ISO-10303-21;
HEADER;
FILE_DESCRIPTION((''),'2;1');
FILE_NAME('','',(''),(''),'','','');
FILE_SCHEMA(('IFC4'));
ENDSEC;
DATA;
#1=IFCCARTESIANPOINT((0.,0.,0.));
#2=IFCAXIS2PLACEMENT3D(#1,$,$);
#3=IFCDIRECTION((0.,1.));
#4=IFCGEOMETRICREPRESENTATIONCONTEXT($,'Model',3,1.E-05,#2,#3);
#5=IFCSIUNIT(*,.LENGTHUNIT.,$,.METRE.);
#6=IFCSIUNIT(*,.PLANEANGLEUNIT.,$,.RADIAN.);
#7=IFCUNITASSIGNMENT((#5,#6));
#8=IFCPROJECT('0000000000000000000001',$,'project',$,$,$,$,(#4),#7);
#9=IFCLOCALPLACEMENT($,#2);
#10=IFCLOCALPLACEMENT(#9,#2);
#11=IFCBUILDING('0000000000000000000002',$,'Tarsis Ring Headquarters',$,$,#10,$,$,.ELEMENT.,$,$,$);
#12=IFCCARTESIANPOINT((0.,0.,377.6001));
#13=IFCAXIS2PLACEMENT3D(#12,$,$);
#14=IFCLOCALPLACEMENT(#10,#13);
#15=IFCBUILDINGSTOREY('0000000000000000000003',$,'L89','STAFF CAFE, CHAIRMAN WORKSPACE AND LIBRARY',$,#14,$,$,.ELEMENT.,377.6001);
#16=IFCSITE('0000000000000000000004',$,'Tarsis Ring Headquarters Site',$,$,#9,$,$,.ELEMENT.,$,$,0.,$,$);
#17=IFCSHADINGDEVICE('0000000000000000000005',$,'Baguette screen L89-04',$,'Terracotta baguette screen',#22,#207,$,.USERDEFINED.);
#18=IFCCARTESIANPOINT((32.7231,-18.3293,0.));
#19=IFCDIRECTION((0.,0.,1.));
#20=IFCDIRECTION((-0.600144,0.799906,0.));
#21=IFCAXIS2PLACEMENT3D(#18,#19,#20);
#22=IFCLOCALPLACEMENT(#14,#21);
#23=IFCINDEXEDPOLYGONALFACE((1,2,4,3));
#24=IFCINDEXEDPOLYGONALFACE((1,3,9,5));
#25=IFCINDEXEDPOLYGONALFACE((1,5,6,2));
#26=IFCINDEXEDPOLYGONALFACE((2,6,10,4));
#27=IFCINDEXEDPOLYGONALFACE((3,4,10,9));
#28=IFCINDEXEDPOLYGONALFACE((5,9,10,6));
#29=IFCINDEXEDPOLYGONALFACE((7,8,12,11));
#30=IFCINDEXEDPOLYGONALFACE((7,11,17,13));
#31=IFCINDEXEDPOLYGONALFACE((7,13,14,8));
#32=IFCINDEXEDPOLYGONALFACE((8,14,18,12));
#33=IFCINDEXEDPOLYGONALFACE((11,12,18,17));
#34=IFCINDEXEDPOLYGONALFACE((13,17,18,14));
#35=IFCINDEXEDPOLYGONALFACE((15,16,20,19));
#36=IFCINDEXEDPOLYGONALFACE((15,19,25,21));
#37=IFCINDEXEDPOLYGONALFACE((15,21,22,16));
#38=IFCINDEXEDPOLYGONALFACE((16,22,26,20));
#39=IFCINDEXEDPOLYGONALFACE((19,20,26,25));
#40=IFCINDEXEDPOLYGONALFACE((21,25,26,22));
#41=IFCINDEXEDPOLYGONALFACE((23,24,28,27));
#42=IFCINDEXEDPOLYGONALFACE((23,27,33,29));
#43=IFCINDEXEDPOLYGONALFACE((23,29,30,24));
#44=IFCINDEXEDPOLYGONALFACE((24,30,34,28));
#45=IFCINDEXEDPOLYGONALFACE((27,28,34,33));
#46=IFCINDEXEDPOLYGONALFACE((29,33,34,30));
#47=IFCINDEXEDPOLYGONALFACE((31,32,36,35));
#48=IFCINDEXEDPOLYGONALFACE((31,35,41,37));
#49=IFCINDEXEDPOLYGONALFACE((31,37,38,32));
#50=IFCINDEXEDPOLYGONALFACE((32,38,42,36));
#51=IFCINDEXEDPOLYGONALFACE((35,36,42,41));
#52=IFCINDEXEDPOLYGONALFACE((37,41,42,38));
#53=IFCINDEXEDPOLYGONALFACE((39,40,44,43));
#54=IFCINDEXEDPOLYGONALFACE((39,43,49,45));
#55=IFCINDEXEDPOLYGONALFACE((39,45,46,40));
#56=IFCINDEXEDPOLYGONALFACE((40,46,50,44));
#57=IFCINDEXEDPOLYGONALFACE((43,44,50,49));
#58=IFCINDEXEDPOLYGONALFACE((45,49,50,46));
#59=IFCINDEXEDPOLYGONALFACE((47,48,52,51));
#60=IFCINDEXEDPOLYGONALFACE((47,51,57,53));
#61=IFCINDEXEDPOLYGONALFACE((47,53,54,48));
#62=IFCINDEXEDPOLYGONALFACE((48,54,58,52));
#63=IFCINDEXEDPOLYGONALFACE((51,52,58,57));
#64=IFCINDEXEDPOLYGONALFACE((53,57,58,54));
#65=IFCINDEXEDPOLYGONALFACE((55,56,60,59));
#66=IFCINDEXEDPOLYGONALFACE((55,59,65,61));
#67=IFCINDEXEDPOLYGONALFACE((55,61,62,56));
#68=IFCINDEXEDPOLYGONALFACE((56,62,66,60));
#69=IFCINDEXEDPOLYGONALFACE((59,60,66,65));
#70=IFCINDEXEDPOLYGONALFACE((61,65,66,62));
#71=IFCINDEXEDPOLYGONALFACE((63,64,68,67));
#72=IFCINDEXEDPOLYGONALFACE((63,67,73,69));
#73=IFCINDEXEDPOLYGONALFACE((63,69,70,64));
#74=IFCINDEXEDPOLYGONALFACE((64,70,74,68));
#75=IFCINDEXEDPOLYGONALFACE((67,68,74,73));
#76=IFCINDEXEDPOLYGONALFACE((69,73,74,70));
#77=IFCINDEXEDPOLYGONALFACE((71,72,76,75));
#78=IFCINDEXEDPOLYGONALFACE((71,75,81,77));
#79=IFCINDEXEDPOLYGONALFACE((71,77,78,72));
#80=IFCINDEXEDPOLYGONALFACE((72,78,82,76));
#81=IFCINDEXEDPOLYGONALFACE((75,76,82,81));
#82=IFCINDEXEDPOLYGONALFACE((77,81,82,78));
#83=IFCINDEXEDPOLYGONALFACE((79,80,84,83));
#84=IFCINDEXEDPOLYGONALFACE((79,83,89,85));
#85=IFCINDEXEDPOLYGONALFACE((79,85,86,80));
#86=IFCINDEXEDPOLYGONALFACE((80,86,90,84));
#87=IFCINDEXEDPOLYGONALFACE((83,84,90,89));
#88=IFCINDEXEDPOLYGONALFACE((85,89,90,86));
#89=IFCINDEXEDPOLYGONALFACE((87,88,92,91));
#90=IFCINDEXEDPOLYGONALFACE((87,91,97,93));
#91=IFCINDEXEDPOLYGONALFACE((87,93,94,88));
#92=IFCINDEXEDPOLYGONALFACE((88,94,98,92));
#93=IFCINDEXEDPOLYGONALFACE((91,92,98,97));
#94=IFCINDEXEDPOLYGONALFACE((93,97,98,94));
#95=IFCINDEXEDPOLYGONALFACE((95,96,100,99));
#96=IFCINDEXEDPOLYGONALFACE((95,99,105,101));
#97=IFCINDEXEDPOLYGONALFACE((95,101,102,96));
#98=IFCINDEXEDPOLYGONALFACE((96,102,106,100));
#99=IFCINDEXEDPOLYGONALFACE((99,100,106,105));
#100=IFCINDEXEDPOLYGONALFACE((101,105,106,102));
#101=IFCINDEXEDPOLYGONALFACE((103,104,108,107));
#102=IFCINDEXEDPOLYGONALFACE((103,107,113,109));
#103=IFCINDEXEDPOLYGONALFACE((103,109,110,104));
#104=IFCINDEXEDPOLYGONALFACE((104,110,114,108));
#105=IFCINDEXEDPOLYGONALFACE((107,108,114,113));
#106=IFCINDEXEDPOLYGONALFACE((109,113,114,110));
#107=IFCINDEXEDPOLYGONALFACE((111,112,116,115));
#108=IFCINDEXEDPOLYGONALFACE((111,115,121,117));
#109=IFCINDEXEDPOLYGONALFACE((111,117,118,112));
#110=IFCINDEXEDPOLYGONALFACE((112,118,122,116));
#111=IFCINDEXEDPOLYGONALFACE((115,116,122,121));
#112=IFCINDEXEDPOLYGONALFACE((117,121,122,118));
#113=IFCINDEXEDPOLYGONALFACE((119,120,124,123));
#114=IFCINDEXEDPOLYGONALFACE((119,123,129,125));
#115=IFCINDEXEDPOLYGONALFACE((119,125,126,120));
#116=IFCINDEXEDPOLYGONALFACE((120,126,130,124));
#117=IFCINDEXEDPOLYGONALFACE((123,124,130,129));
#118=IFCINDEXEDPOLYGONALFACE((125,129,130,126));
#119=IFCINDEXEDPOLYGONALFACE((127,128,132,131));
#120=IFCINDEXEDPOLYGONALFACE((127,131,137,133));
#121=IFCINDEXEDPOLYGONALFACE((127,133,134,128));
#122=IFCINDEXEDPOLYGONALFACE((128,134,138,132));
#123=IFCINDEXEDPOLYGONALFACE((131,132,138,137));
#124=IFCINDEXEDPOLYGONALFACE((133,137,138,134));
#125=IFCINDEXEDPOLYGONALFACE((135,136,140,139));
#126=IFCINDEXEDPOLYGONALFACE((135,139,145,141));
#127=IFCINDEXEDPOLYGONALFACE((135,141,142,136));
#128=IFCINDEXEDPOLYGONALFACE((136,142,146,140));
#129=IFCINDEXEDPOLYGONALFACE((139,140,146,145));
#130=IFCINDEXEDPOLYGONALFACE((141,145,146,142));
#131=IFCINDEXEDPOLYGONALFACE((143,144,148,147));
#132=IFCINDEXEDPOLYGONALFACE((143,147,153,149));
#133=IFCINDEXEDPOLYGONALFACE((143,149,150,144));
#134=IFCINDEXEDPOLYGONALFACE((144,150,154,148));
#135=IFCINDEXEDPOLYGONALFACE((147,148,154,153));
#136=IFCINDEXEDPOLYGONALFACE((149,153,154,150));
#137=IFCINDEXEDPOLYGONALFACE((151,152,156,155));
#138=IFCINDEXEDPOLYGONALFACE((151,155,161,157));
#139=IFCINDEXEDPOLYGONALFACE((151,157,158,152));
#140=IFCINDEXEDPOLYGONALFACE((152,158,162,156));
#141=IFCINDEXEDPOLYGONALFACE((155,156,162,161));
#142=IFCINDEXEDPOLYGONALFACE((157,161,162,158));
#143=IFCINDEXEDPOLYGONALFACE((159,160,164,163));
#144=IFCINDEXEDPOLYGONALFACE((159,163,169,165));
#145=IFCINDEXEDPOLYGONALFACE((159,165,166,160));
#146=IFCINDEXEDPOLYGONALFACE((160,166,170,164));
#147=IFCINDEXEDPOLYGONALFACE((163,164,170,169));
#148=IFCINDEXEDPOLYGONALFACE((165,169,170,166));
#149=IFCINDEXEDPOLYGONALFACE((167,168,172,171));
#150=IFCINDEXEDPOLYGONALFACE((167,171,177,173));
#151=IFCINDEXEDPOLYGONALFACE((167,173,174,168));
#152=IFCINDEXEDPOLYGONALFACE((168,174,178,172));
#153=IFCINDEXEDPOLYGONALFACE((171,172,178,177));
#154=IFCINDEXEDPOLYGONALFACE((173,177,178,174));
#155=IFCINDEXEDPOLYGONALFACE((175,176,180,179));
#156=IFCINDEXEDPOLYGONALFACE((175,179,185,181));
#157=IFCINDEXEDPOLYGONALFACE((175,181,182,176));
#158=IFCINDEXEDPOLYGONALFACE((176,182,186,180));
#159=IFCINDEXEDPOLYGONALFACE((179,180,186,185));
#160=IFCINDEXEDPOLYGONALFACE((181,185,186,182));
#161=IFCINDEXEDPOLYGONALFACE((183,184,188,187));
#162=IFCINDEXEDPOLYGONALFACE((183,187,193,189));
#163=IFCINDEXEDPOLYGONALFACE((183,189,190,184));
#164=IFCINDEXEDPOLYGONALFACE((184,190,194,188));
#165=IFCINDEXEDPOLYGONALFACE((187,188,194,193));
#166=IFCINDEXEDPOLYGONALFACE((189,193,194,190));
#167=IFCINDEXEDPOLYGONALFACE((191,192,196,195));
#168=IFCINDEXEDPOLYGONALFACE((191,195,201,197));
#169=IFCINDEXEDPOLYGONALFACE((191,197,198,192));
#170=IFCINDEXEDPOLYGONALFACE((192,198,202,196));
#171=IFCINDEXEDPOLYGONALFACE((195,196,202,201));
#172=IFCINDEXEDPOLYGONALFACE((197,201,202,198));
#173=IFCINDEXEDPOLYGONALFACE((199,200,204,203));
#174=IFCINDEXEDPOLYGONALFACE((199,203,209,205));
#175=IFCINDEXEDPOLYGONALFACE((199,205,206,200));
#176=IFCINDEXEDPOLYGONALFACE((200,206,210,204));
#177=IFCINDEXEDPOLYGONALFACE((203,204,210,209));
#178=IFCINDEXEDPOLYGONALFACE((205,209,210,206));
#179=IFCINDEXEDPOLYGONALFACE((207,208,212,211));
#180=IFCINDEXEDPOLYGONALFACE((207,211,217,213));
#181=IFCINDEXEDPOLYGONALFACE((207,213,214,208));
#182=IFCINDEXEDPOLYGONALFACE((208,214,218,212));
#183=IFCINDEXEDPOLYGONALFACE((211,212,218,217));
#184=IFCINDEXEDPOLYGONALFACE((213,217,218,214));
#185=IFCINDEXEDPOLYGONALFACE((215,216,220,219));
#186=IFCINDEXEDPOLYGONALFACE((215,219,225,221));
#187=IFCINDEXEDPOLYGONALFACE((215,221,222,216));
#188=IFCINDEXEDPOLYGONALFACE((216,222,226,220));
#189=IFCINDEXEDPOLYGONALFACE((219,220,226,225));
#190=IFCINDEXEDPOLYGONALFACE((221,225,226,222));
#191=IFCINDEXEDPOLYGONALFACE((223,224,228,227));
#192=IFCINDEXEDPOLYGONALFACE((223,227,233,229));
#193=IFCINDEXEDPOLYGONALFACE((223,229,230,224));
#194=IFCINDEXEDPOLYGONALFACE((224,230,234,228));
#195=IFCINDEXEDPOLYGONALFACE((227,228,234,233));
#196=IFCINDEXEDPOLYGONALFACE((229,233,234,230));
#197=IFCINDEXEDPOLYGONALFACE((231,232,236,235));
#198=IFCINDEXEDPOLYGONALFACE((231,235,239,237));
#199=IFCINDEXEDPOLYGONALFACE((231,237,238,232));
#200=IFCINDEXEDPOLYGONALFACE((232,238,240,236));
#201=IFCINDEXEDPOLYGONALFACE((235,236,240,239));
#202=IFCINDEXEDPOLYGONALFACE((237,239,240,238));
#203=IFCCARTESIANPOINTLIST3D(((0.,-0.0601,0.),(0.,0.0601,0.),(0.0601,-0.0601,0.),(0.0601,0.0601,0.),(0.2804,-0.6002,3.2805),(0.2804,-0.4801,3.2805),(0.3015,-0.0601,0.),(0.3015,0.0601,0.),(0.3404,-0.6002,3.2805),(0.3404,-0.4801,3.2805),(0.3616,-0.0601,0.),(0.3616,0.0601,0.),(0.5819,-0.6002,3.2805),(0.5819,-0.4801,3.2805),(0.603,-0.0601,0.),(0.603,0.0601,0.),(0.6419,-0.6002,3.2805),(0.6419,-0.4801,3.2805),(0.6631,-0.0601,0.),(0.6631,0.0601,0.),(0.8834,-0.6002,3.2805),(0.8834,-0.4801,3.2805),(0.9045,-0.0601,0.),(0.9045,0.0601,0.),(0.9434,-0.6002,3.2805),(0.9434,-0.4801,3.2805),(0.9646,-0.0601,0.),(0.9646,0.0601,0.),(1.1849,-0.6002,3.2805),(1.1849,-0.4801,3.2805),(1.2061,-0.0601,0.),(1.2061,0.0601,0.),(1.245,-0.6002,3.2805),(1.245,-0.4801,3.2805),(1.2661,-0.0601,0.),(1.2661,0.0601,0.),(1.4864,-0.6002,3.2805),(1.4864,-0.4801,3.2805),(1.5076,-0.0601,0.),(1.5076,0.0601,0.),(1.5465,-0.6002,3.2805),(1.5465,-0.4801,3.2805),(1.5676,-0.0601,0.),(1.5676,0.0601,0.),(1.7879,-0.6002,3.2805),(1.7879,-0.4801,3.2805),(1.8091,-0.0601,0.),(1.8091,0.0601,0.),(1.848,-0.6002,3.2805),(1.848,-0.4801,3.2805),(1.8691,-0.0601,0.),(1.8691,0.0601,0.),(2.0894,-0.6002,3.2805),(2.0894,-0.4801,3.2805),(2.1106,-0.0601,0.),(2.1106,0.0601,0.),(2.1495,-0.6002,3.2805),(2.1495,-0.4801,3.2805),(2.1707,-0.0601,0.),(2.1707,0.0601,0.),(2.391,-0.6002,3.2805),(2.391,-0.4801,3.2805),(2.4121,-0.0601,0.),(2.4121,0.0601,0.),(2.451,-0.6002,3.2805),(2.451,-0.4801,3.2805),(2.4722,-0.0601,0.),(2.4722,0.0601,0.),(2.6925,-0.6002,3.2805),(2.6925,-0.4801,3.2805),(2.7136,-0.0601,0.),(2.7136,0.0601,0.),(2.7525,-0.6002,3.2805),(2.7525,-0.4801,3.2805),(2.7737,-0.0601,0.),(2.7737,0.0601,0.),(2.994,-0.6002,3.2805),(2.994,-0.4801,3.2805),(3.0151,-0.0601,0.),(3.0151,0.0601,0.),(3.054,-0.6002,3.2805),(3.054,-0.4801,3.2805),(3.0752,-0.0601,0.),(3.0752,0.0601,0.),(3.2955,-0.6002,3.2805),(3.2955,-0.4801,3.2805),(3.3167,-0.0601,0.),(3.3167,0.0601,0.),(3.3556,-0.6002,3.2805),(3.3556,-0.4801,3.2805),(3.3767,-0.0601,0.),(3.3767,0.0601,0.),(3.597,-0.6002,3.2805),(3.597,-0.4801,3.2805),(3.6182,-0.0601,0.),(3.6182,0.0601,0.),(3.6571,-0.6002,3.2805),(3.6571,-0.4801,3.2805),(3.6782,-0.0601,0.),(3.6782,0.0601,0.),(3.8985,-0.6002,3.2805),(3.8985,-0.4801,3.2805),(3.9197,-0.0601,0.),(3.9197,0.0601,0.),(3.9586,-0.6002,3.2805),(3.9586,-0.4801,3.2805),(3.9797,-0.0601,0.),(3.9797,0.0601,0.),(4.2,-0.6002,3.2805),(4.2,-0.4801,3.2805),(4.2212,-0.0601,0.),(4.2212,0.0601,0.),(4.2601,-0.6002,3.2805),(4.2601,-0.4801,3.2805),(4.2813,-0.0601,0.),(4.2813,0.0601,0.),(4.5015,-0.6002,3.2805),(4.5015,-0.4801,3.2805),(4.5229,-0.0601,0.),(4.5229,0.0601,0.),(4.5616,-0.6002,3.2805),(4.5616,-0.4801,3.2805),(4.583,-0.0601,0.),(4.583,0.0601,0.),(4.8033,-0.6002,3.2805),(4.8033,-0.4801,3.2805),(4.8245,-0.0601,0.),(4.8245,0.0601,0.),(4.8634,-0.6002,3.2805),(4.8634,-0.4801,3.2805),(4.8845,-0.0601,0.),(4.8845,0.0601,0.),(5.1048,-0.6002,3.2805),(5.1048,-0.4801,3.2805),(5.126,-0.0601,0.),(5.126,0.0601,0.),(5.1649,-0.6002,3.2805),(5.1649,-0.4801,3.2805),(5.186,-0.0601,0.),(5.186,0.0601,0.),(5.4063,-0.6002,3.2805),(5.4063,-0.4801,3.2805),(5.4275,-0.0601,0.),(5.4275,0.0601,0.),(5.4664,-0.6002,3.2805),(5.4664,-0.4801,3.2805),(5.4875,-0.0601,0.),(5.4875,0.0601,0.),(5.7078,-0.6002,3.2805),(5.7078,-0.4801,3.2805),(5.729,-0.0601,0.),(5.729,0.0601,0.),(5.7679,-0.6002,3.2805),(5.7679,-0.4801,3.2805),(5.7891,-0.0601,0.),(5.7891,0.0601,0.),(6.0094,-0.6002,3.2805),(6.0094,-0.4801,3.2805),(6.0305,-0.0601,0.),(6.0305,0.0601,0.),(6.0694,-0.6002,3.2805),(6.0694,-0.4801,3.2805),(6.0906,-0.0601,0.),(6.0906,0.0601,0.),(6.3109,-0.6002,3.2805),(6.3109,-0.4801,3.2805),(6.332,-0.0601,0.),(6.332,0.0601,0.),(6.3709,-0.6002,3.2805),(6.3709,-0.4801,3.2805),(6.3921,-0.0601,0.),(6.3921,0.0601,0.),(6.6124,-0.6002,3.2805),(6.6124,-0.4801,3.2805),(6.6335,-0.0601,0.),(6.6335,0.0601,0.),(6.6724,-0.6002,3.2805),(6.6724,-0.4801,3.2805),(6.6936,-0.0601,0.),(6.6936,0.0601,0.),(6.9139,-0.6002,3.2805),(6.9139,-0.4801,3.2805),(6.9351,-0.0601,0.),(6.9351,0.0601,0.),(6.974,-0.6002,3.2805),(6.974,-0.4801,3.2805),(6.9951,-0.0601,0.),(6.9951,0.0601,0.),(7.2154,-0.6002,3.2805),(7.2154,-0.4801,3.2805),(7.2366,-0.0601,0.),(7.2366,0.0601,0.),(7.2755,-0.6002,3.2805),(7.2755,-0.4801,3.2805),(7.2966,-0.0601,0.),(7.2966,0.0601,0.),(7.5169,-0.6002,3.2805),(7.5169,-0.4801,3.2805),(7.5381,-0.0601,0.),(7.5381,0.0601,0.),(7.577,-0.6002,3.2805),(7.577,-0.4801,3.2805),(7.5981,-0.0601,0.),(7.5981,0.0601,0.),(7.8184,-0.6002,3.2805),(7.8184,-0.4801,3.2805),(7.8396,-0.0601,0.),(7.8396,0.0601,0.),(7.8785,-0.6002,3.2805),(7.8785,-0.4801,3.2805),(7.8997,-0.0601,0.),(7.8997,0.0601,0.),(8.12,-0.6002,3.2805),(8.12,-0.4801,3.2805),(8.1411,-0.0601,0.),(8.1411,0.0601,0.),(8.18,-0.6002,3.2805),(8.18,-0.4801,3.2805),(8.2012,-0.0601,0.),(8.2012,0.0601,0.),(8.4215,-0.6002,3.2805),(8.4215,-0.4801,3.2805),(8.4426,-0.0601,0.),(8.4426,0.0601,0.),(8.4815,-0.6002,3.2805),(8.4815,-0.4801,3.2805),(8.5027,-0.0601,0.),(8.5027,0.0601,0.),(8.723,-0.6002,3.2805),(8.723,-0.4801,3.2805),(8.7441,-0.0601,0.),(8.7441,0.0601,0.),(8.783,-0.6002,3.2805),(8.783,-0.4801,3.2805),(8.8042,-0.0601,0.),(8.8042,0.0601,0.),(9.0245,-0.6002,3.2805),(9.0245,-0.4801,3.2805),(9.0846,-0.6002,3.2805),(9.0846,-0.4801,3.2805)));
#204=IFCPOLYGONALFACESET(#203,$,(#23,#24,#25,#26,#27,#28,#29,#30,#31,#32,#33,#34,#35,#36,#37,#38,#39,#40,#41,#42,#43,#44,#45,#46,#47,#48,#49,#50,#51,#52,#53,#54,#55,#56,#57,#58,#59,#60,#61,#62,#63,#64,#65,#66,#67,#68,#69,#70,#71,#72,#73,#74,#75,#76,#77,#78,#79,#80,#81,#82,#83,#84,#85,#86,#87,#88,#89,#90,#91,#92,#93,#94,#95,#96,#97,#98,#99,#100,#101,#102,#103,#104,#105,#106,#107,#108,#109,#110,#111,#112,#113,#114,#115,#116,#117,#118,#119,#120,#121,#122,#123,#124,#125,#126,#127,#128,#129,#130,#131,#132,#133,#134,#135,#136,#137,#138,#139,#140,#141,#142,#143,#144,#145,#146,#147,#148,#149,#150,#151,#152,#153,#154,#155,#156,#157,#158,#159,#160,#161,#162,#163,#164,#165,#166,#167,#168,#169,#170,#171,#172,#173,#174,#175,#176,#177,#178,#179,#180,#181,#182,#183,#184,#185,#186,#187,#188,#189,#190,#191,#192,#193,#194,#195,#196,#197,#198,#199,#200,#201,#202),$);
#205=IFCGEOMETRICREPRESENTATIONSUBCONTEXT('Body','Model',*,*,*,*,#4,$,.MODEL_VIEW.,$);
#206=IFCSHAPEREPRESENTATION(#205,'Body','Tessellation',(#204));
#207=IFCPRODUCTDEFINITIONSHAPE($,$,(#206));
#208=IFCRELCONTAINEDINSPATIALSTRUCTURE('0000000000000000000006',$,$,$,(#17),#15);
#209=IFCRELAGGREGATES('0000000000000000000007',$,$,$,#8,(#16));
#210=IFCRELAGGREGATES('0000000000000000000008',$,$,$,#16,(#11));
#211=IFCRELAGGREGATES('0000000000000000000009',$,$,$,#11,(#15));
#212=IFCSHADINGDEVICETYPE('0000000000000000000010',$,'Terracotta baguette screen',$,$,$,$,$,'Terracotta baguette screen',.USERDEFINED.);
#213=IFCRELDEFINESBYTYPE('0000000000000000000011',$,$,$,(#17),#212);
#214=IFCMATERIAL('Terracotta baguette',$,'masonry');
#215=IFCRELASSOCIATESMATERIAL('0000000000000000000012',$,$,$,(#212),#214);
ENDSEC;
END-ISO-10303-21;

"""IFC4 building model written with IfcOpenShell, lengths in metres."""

from ifc_helpers import new_model, si_unit, direction, frame, frame_2d, origin, place, context, subcontext, project, spatial, rectangle, composite_profile, extrude, material, type_object, element, save


model = new_model("IFC4")

# Units and contexts
model_context = context("Model", 3, precision=1e-05, world=origin(), true_north=direction((0.0, 1.0)))
body_context = subcontext(model_context, "Body", "Model", "MODEL_VIEW")
ifc_project = project(units=[si_unit("LENGTHUNIT", "METRE"), si_unit("PLANEANGLEUNIT", "RADIAN")], contexts=[model_context])

# Site, building, storey
site_placement = place(None, origin())
site = spatial("IfcSite", under=ifc_project, at=site_placement, Name="Tarsis Ring Headquarters Site", CompositionType="ELEMENT", RefElevation=0.0)
building_placement = place(site_placement, origin())
building = spatial("IfcBuilding", under=site, at=building_placement, Name="Tarsis Ring Headquarters", CompositionType="ELEMENT")
storey_placement = place(building_placement, frame((0.0, 0.0, 377.6001)))
storey = spatial("IfcBuildingStorey", under=building, at=storey_placement, Name="L89", Description="STAFF CAFE, CHAIRMAN WORKSPACE AND LIBRARY", CompositionType="ELEMENT", Elevation=377.6001)

# Shading device
ifc_material_1 = material(Name="Terracotta baguette", Category="masonry")
shading_device_type_1 = type_object("IfcShadingDeviceType", Name="Terracotta baguette screen", ElementType="Terracotta baguette screen", PredefinedType="USERDEFINED", material=ifc_material_1)
shading_device_placement = place(storey_placement, frame((32.7231, -18.3293, 0.0), z_axis=(0.0, 0.0, 1.0), x_axis=(-0.600144, 0.799906, 0.0)))
element("IfcShadingDevice", 1, at=shading_device_placement, inside=storey, type_object=shading_device_type_1, Name="Baguette screen L89-04", ObjectType="Terracotta baguette screen", PredefinedType="USERDEFINED", context=body_context, shape_type="SweptSolid", body=[
    extrude(composite_profile([rectangle(XDim=0.0601, YDim=0.1201, at=frame_2d((0.03, 0.0))), rectangle(XDim=0.0601, YDim=0.1201, at=frame_2d((0.3315, 0.0))), rectangle(XDim=0.0601, YDim=0.1201, at=frame_2d((0.6331, 0.0))), rectangle(XDim=0.0601, YDim=0.1201, at=frame_2d((0.9346, 0.0))), rectangle(XDim=0.0601, YDim=0.1201, at=frame_2d((1.2361, 0.0))), rectangle(XDim=0.0601, YDim=0.1201, at=frame_2d((1.5376, 0.0))), rectangle(XDim=0.0601, YDim=0.1201, at=frame_2d((1.8391, 0.0))), rectangle(XDim=0.0601, YDim=0.1201, at=frame_2d((2.1406, 0.0))), rectangle(XDim=0.0601, YDim=0.1201, at=frame_2d((2.4421, 0.0))), rectangle(XDim=0.0601, YDim=0.1201, at=frame_2d((2.7437, 0.0))), rectangle(XDim=0.0601, YDim=0.1201, at=frame_2d((3.0452, 0.0))), rectangle(XDim=0.0601, YDim=0.1201, at=frame_2d((3.3467, 0.0))), rectangle(XDim=0.0601, YDim=0.1201, at=frame_2d((3.6482, 0.0))), rectangle(XDim=0.0601, YDim=0.1201, at=frame_2d((3.9497, 0.0))), rectangle(XDim=0.0601, YDim=0.1201, at=frame_2d((4.2512, 0.0))), rectangle(XDim=0.0601, YDim=0.1201, at=frame_2d((4.553, 0.0))), rectangle(XDim=0.0601, YDim=0.1201, at=frame_2d((4.8545, 0.0))), rectangle(XDim=0.0601, YDim=0.1201, at=frame_2d((5.156, 0.0))), rectangle(XDim=0.0601, YDim=0.1201, at=frame_2d((5.4575, 0.0))), rectangle(XDim=0.0601, YDim=0.1201, at=frame_2d((5.759, 0.0))), rectangle(XDim=0.0601, YDim=0.1201, at=frame_2d((6.0605, 0.0))), rectangle(XDim=0.0601, YDim=0.1201, at=frame_2d((6.3621, 0.0))), rectangle(XDim=0.0601, YDim=0.1201, at=frame_2d((6.6636, 0.0))), rectangle(XDim=0.0601, YDim=0.1201, at=frame_2d((6.9651, 0.0))), rectangle(XDim=0.0601, YDim=0.1201, at=frame_2d((7.2666, 0.0))), rectangle(XDim=0.0601, YDim=0.1201, at=frame_2d((7.5681, 0.0))), rectangle(XDim=0.0601, YDim=0.1201, at=frame_2d((7.8696, 0.0))), rectangle(XDim=0.0601, YDim=0.1201, at=frame_2d((8.1711, 0.0))), rectangle(XDim=0.0601, YDim=0.1201, at=frame_2d((8.4727, 0.0))), rectangle(XDim=0.0601, YDim=0.1201, at=frame_2d((8.7742, 0.0)))]), origin(), (0.084029, -0.161895, 0.983224), 3.3364),
])

save(model, "model.ifc")
